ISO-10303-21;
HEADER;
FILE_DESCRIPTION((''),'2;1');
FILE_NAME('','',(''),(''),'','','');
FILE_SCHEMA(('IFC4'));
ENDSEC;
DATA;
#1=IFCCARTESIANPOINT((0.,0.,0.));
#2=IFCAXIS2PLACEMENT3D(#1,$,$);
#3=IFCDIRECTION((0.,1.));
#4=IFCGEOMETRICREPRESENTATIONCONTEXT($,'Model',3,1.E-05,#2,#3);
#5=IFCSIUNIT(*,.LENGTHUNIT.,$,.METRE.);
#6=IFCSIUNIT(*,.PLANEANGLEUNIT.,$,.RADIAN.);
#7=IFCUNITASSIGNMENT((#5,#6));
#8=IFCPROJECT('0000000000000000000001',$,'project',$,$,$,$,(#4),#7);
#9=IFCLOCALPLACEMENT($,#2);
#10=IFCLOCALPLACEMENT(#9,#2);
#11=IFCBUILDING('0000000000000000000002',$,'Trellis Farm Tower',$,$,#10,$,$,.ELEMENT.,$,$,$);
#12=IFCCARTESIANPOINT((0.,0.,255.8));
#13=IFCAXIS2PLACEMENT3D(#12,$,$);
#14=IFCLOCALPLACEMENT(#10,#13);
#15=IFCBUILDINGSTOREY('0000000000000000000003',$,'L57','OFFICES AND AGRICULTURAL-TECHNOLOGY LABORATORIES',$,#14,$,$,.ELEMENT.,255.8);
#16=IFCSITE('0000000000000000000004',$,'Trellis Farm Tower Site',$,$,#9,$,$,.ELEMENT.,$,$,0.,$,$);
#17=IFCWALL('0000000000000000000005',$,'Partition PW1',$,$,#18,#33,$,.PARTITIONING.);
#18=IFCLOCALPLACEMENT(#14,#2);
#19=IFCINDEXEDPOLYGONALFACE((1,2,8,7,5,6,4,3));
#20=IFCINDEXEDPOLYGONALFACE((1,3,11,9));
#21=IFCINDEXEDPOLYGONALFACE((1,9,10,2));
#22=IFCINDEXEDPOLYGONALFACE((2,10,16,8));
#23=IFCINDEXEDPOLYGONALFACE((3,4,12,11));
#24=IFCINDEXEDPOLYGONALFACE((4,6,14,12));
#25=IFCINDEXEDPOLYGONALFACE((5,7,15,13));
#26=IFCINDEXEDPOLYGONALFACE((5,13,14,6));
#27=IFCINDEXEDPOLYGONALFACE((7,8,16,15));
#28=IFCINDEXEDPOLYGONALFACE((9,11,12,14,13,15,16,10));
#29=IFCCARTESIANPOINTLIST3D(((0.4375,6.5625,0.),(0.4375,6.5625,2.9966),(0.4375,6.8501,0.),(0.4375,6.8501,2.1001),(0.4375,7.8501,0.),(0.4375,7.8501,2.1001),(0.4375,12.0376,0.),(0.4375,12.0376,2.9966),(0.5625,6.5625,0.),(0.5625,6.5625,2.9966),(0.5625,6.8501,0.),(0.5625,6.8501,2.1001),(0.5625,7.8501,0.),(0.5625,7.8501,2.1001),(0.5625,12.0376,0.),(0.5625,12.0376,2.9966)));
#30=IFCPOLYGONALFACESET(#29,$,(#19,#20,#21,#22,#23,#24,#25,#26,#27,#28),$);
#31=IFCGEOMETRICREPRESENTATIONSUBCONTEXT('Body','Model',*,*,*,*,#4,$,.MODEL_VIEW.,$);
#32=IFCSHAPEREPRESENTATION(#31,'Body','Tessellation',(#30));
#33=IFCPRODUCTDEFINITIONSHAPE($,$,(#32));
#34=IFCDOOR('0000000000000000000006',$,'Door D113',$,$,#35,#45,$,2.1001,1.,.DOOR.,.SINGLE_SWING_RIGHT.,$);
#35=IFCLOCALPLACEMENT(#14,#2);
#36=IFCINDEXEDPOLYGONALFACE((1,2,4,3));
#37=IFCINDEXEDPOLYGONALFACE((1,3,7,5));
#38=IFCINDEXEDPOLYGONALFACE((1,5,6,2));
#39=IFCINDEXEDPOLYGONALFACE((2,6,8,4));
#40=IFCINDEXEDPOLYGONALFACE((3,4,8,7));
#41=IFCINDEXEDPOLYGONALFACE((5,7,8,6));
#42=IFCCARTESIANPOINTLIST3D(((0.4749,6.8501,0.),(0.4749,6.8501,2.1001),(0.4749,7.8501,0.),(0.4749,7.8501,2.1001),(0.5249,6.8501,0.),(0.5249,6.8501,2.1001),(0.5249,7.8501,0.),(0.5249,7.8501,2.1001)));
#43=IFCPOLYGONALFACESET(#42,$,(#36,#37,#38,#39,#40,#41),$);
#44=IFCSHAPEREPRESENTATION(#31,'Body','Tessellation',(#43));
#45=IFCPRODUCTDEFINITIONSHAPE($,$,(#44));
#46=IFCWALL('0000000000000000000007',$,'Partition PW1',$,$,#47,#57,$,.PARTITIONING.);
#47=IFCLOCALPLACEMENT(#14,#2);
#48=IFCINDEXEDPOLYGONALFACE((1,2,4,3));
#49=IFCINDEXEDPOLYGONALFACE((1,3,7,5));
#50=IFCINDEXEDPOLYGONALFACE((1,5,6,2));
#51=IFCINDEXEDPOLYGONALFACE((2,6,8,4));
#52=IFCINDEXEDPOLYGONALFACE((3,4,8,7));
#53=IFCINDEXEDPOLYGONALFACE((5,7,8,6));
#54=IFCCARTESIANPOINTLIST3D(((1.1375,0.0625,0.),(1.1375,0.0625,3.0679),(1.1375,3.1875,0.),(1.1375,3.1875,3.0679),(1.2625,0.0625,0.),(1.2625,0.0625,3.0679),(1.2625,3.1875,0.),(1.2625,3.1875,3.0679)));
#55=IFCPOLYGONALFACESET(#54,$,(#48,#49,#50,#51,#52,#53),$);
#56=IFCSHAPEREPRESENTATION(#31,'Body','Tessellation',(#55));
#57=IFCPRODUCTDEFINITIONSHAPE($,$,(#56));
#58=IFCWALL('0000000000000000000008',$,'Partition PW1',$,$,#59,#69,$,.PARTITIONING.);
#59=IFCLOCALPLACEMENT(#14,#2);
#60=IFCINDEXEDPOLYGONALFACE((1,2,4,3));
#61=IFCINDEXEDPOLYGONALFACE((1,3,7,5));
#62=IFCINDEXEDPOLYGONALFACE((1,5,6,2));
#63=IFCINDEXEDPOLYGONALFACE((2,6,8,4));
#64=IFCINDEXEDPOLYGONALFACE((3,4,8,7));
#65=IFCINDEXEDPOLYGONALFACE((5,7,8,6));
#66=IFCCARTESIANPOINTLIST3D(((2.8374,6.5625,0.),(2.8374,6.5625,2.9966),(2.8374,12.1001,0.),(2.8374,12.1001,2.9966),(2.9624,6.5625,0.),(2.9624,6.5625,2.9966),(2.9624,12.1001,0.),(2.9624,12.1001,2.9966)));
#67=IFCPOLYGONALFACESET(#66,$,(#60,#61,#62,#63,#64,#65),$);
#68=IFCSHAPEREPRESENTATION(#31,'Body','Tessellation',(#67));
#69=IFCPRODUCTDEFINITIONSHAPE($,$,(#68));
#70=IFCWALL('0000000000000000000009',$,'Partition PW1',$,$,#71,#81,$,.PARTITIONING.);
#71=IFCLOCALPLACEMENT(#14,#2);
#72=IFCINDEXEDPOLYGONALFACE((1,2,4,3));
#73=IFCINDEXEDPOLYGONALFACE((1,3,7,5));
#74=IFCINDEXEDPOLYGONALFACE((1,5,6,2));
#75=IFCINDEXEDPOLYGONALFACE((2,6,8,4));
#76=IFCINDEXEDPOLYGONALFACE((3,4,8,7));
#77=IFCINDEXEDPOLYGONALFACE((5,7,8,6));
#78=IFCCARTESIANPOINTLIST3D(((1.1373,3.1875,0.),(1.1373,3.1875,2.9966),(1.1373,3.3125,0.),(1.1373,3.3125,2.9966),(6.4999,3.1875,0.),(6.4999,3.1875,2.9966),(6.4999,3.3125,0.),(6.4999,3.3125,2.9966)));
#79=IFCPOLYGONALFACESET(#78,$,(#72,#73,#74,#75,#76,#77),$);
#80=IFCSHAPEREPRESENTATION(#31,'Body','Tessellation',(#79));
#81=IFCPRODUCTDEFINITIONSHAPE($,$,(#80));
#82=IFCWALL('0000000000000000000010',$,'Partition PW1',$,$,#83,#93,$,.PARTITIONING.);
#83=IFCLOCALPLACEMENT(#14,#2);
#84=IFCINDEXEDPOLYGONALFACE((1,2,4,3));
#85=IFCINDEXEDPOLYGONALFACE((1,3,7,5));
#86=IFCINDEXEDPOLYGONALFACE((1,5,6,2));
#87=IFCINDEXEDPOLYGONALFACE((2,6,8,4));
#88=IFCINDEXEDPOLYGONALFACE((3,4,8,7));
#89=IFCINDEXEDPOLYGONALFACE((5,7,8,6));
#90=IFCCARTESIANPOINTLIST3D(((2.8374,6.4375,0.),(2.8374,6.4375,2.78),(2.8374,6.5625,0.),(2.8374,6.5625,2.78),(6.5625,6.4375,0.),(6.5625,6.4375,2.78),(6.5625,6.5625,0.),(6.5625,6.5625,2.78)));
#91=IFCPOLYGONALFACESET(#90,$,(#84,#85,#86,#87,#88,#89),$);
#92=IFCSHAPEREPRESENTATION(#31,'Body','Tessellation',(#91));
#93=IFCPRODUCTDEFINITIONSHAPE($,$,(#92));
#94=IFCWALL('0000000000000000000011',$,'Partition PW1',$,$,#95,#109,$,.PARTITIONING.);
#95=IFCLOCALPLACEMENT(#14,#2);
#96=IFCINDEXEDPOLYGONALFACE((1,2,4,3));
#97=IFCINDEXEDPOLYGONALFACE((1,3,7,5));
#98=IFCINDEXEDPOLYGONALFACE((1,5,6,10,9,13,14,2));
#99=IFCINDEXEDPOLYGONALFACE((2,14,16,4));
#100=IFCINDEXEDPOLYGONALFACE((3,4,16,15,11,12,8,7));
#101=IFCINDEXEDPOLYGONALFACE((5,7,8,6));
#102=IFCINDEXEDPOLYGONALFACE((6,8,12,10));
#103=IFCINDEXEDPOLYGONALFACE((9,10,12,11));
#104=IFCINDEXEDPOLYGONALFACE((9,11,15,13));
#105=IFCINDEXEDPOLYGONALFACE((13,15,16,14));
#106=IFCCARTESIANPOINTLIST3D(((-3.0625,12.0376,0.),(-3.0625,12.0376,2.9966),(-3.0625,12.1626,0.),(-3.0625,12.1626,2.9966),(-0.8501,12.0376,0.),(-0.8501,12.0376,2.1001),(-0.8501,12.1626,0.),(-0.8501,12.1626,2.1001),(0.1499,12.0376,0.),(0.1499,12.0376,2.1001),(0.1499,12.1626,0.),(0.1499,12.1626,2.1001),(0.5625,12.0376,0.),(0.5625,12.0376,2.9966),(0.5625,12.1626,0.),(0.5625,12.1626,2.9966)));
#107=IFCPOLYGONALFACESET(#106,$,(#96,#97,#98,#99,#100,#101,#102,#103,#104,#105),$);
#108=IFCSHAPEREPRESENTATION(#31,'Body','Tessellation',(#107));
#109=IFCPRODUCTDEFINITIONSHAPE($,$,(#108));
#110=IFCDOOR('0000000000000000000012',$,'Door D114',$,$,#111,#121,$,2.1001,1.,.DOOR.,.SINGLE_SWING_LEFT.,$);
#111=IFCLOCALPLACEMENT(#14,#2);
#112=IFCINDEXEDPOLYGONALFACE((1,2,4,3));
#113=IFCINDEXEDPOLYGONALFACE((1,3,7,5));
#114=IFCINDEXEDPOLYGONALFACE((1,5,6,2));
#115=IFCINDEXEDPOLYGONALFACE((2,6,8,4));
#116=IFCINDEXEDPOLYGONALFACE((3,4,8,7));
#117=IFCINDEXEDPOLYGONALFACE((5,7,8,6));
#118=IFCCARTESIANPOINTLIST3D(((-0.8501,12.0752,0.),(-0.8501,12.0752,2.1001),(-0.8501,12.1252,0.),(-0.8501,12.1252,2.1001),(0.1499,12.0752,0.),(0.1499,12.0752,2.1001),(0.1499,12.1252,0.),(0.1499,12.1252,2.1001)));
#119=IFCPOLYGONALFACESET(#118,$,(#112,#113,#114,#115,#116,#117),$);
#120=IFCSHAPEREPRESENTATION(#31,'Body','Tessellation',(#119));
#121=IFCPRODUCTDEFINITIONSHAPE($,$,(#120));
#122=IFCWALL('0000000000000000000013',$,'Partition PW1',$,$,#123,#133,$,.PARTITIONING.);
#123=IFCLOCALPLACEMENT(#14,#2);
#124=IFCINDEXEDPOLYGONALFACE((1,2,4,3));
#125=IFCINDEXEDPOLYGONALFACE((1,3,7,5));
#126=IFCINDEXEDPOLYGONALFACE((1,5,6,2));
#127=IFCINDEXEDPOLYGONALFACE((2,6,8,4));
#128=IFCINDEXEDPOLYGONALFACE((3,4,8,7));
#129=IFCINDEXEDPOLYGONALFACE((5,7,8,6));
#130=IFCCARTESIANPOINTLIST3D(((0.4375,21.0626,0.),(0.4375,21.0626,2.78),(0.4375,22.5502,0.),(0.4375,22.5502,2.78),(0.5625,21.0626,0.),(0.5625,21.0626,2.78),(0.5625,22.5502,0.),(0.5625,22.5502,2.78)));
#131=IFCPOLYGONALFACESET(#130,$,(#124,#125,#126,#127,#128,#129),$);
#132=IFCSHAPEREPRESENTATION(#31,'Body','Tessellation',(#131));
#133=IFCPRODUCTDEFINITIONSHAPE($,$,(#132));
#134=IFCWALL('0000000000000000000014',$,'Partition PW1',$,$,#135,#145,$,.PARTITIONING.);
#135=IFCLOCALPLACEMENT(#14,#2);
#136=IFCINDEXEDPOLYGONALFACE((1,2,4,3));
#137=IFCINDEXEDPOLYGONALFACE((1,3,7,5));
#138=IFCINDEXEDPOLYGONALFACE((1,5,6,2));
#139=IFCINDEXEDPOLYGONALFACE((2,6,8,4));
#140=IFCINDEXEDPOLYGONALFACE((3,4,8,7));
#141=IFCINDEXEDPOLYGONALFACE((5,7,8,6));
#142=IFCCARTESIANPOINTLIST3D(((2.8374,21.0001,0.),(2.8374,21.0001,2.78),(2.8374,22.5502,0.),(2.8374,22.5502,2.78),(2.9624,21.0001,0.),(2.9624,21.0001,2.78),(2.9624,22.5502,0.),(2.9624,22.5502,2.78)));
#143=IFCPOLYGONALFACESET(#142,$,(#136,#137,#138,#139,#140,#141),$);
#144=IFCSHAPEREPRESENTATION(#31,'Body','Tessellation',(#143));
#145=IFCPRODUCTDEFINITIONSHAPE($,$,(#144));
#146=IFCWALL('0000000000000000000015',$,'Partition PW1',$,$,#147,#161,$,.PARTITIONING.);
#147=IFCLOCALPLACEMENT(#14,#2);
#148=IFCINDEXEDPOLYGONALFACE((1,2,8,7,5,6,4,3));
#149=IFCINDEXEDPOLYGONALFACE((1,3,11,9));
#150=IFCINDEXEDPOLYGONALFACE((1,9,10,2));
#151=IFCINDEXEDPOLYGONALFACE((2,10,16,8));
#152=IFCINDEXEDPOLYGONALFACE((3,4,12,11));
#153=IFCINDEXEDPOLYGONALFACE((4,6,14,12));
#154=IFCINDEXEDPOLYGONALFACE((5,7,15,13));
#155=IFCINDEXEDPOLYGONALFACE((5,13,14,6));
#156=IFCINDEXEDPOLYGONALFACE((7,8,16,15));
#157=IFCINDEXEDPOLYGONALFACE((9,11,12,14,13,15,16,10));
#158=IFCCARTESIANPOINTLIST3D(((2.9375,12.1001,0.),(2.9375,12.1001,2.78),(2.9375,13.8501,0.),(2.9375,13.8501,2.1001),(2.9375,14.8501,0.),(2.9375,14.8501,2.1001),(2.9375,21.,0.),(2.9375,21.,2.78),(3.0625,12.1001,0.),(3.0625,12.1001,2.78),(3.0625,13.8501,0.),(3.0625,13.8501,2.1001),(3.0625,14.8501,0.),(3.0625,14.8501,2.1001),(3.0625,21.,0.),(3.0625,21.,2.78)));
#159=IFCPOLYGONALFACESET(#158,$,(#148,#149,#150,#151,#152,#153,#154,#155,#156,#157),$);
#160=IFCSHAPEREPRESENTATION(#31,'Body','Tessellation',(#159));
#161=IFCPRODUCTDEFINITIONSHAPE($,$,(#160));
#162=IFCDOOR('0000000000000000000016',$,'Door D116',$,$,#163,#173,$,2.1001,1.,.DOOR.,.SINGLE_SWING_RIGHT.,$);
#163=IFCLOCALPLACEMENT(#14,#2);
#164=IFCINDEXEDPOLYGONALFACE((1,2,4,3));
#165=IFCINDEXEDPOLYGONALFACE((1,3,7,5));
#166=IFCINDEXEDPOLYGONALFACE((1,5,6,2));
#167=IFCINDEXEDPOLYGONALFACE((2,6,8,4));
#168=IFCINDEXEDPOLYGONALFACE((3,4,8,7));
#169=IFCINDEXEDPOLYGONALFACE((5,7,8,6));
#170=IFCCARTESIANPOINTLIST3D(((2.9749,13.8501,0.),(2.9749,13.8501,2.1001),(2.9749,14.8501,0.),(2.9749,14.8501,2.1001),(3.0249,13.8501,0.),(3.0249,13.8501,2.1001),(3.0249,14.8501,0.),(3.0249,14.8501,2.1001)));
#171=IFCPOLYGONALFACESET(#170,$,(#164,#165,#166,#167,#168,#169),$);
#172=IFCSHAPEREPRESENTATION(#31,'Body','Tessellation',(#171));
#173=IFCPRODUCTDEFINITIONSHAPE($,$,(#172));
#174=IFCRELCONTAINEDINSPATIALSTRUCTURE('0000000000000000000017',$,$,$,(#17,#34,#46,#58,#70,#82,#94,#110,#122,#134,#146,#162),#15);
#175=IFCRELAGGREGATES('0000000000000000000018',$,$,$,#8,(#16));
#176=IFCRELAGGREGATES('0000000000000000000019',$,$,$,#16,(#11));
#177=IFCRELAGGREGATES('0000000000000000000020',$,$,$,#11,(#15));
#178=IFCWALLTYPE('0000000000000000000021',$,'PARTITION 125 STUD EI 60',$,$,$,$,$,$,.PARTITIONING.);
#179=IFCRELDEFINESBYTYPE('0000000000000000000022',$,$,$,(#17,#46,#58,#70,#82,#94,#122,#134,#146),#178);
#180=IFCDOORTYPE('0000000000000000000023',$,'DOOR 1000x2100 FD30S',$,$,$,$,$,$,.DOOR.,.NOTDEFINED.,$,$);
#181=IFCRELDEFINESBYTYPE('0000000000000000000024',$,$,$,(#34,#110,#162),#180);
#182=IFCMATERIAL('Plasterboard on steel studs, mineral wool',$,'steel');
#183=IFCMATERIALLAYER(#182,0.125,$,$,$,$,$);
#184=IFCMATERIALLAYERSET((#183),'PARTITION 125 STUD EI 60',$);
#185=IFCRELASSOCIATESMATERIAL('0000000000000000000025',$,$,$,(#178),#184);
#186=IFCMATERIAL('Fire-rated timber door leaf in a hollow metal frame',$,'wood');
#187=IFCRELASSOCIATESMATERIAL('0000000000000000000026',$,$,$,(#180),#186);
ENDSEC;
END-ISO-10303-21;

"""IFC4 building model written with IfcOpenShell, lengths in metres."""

from ifc_helpers import new_model, si_unit, direction, frame, frame_2d, origin, place, context, subcontext, project, spatial, rectangle, extrude, source, transform, mapped, material, layer, layer_set, type_object, element, fill, save


model = new_model("IFC4")

# Units and contexts
model_context = context("Model", 3, precision=1e-05, world=origin(), true_north=direction((0.0, 1.0)))
body_context = subcontext(model_context, "Body", "Model", "MODEL_VIEW")
ifc_project = project(units=[si_unit("LENGTHUNIT", "METRE"), si_unit("PLANEANGLEUNIT", "RADIAN")], contexts=[model_context])

# Site, building, storey
site_placement = place(None, origin())
site = spatial("IfcSite", under=ifc_project, at=site_placement, Name="Trellis Farm Tower Site", CompositionType="ELEMENT", RefElevation=0.0)
building_placement = place(site_placement, origin())
building = spatial("IfcBuilding", under=site, at=building_placement, Name="Trellis Farm Tower", CompositionType="ELEMENT")
storey_placement = place(building_placement, frame((0.0, 0.0, 255.8)))
storey = spatial("IfcBuildingStorey", under=building, at=storey_placement, Name="L57", Description="OFFICES AND AGRICULTURAL-TECHNOLOGY LABORATORIES", CompositionType="ELEMENT", Elevation=255.8)

# Wall, opening, door
ifc_material_1 = material(Name="Plasterboard on steel studs, mineral wool", Category="steel")
ifc_layer_1 = layer(ifc_material_1, 0.125)
ifc_layer_set_1 = layer_set([ifc_layer_1], Name="PARTITION 125 STUD EI 60")
wall_type_1 = type_object("IfcWallType", Name="PARTITION 125 STUD EI 60", PredefinedType="PARTITIONING", material=ifc_layer_set_1)
shared_shape_1 = source(origin(), body_context, "Body", "SweptSolid", [
    extrude(rectangle(XDim=5.4751, YDim=0.125, at=frame_2d((2.7375, 0.0))), origin(), (0.0, 0.0, 1.0), 2.9966),
])
wall_1_placement = place(storey_placement, frame((0.5, 12.0376, 0.0), z_axis=(0.0, 0.0, 1.0), x_axis=(0.0, -1.0, 0.0)))
wall_1 = element("IfcWall", 1, at=wall_1_placement, inside=storey, type_object=wall_type_1, Name="Partition PW1", PredefinedType="PARTITIONING", context=body_context, shape_type="MappedRepresentation", body=[
    mapped(shared_shape_1, transform((0.0, 0.0, 0.0))),
])
shared_shape_2 = source(origin(), body_context, "Body", "SweptSolid", [
    extrude(rectangle(XDim=1.0, YDim=2.1001, at=frame_2d((0.5, 1.05))), frame((0.0, 0.0725, 0.0), z_axis=(0.0, -1.0, 0.0), x_axis=(1.0, 0.0, 0.0)), (0.0, 0.0, 1.0), 0.145),
])
opening_1_placement = place(wall_1_placement, frame((4.1875, 0.0, 0.0)))
opening_1 = element("IfcOpeningElement", 2, at=opening_1_placement, cuts=wall_1, PredefinedType="OPENING", context=body_context, shape_type="MappedRepresentation", body=[
    mapped(shared_shape_2, transform((0.0, 0.0, 0.0))),
])
ifc_material_2 = material(Name="Fire-rated timber door leaf in a hollow metal frame", Category="wood")
door_type = type_object("IfcDoorType", Name="DOOR 1000x2100 FD30S", OperationType="NOTDEFINED", PredefinedType="DOOR", material=ifc_material_2)
shared_shape_3 = source(origin(), body_context, "Body", "SweptSolid", [
    extrude(rectangle(XDim=1.0, YDim=2.1001, at=frame_2d((0.5, 1.05))), frame((0.0, 0.0249, 0.0), z_axis=(0.0, -1.0, 0.0), x_axis=(1.0, 0.0, 0.0)), (0.0, 0.0, 1.0), 0.05),
])
door_1_placement = place(opening_1_placement, origin())
door_1 = element("IfcDoor", 3, at=door_1_placement, inside=storey, type_object=door_type, Name="Door D113", OperationType="SINGLE_SWING_RIGHT", OverallHeight=2.1001, OverallWidth=1.0, PredefinedType="DOOR", context=body_context, shape_type="MappedRepresentation", body=[
    mapped(shared_shape_3, transform((0.0, 0.0, 0.0))),
])
fill(opening_1, door_1)

# Walls
shared_shape_4 = source(origin(), body_context, "Body", "SweptSolid", [
    extrude(rectangle(XDim=3.125, YDim=0.125, at=frame_2d((1.5625, 0.0))), origin(), (0.0, 0.0, 1.0), 3.0679),
])
wall_2_placement = place(storey_placement, frame((1.2, 3.1875, 0.0), z_axis=(0.0, 0.0, 1.0), x_axis=(0.0, -1.0, 0.0)))
element("IfcWall", 4, at=wall_2_placement, inside=storey, type_object=wall_type_1, Name="Partition PW1", PredefinedType="PARTITIONING", context=body_context, shape_type="MappedRepresentation", body=[
    mapped(shared_shape_4, transform((0.0, 0.0, 0.0))),
])
shared_shape_5 = source(origin(), body_context, "Body", "SweptSolid", [
    extrude(rectangle(XDim=5.5376, YDim=0.125, at=frame_2d((2.7688, 0.0))), origin(), (0.0, 0.0, 1.0), 2.9966),
])
wall_3_placement = place(storey_placement, frame((2.8999, 12.1001, 0.0), z_axis=(0.0, 0.0, 1.0), x_axis=(0.0, -1.0, 0.0)))
element("IfcWall", 5, at=wall_3_placement, inside=storey, type_object=wall_type_1, Name="Partition PW1", PredefinedType="PARTITIONING", context=body_context, shape_type="MappedRepresentation", body=[
    mapped(shared_shape_5, transform((0.0, 0.0, 0.0))),
])
shared_shape_6 = source(origin(), body_context, "Body", "SweptSolid", [
    extrude(rectangle(XDim=5.3625, YDim=0.125, at=frame_2d((2.6812, 0.0))), origin(), (0.0, 0.0, 1.0), 2.9966),
])
wall_4_placement = place(storey_placement, frame((1.1375, 3.25, 0.0), z_axis=(0.0, 0.0, 1.0), x_axis=(1.0, 0.0, 0.0)))
element("IfcWall", 6, at=wall_4_placement, inside=storey, type_object=wall_type_1, Name="Partition PW1", PredefinedType="PARTITIONING", context=body_context, shape_type="MappedRepresentation", body=[
    mapped(shared_shape_6, transform((0.0, 0.0, 0.0))),
])
shared_shape_7 = source(origin(), body_context, "Body", "SweptSolid", [
    extrude(rectangle(XDim=3.7251, YDim=0.125, at=frame_2d((1.8625, 0.0))), origin(), (0.0, 0.0, 1.0), 2.78),
])
wall_5_placement = place(storey_placement, frame((2.8374, 6.5, 0.0), z_axis=(0.0, 0.0, 1.0), x_axis=(1.0, 0.0, 0.0)))
element("IfcWall", 7, at=wall_5_placement, inside=storey, type_object=wall_type_1, Name="Partition PW1", PredefinedType="PARTITIONING", context=body_context, shape_type="MappedRepresentation", body=[
    mapped(shared_shape_7, transform((0.0, 0.0, 0.0))),
])

# Wall, opening, door
shared_shape_8 = source(origin(), body_context, "Body", "SweptSolid", [
    extrude(rectangle(XDim=3.625, YDim=0.125, at=frame_2d((1.8125, 0.0))), origin(), (0.0, 0.0, 1.0), 2.9966),
])
wall_6_placement = place(storey_placement, frame((0.5625, 12.1001, 0.0), z_axis=(0.0, 0.0, 1.0), x_axis=(-1.0, 0.0, 0.0)))
wall_6 = element("IfcWall", 8, at=wall_6_placement, inside=storey, type_object=wall_type_1, Name="Partition PW1", PredefinedType="PARTITIONING", context=body_context, shape_type="MappedRepresentation", body=[
    mapped(shared_shape_8, transform((0.0, 0.0, 0.0))),
])
opening_2_placement = place(wall_6_placement, frame((0.4126, 0.0, 0.0)))
opening_2 = element("IfcOpeningElement", 9, at=opening_2_placement, cuts=wall_6, PredefinedType="OPENING", context=body_context, shape_type="MappedRepresentation", body=[
    mapped(shared_shape_2, transform((0.0, 0.0, 0.0))),
])
door_2_placement = place(opening_2_placement, origin())
door_2 = element("IfcDoor", 10, at=door_2_placement, inside=storey, type_object=door_type, Name="Door D114", OperationType="SINGLE_SWING_LEFT", OverallHeight=2.1001, OverallWidth=1.0, PredefinedType="DOOR", context=body_context, shape_type="MappedRepresentation", body=[
    mapped(shared_shape_3, transform((0.0, 0.0, 0.0))),
])
fill(opening_2, door_2)

# Walls
shared_shape_9 = source(origin(), body_context, "Body", "SweptSolid", [
    extrude(rectangle(XDim=1.4875, YDim=0.125, at=frame_2d((0.7437, 0.0))), origin(), (0.0, 0.0, 1.0), 2.78),
])
wall_7_placement = place(storey_placement, frame((0.5, 22.55, 0.0), z_axis=(0.0, 0.0, 1.0), x_axis=(0.0, -1.0, 0.0)))
element("IfcWall", 11, at=wall_7_placement, inside=storey, type_object=wall_type_1, Name="Partition PW1", PredefinedType="PARTITIONING", context=body_context, shape_type="MappedRepresentation", body=[
    mapped(shared_shape_9, transform((0.0, 0.0, 0.0))),
])
shared_shape_10 = source(origin(), body_context, "Body", "SweptSolid", [
    extrude(rectangle(XDim=1.55, YDim=0.125, at=frame_2d((0.7749, 0.0))), origin(), (0.0, 0.0, 1.0), 2.78),
])
wall_8_placement = place(storey_placement, frame((2.8999, 22.55, 0.0), z_axis=(0.0, 0.0, 1.0), x_axis=(0.0, -1.0, 0.0)))
element("IfcWall", 12, at=wall_8_placement, inside=storey, type_object=wall_type_1, Name="Partition PW1", PredefinedType="PARTITIONING", context=body_context, shape_type="MappedRepresentation", body=[
    mapped(shared_shape_10, transform((0.0, 0.0, 0.0))),
])

# Wall, opening, door
shared_shape_11 = source(origin(), body_context, "Body", "SweptSolid", [
    extrude(rectangle(XDim=8.8999, YDim=0.125, at=frame_2d((4.45, 0.0))), origin(), (0.0, 0.0, 1.0), 2.78),
])
wall_9_placement = place(storey_placement, frame((3.0, 21.0, 0.0), z_axis=(0.0, 0.0, 1.0), x_axis=(0.0, -1.0, 0.0)))
wall_9 = element("IfcWall", 13, at=wall_9_placement, inside=storey, type_object=wall_type_1, Name="Partition PW1", PredefinedType="PARTITIONING", context=body_context, shape_type="MappedRepresentation", body=[
    mapped(shared_shape_11, transform((0.0, 0.0, 0.0))),
])
opening_3_placement = place(wall_9_placement, frame((6.1499, 0.0, 0.0)))
opening_3 = element("IfcOpeningElement", 14, at=opening_3_placement, cuts=wall_9, PredefinedType="OPENING", context=body_context, shape_type="MappedRepresentation", body=[
    mapped(shared_shape_2, transform((0.0, 0.0, 0.0))),
])
door_3_placement = place(opening_3_placement, origin())
door_3 = element("IfcDoor", 15, at=door_3_placement, inside=storey, type_object=door_type, Name="Door D116", OperationType="SINGLE_SWING_RIGHT", OverallHeight=2.1001, OverallWidth=1.0, PredefinedType="DOOR", context=body_context, shape_type="MappedRepresentation", body=[
    mapped(shared_shape_3, transform((0.0, 0.0, 0.0))),
])
fill(opening_3, door_3)

save(model, "model.ifc")
